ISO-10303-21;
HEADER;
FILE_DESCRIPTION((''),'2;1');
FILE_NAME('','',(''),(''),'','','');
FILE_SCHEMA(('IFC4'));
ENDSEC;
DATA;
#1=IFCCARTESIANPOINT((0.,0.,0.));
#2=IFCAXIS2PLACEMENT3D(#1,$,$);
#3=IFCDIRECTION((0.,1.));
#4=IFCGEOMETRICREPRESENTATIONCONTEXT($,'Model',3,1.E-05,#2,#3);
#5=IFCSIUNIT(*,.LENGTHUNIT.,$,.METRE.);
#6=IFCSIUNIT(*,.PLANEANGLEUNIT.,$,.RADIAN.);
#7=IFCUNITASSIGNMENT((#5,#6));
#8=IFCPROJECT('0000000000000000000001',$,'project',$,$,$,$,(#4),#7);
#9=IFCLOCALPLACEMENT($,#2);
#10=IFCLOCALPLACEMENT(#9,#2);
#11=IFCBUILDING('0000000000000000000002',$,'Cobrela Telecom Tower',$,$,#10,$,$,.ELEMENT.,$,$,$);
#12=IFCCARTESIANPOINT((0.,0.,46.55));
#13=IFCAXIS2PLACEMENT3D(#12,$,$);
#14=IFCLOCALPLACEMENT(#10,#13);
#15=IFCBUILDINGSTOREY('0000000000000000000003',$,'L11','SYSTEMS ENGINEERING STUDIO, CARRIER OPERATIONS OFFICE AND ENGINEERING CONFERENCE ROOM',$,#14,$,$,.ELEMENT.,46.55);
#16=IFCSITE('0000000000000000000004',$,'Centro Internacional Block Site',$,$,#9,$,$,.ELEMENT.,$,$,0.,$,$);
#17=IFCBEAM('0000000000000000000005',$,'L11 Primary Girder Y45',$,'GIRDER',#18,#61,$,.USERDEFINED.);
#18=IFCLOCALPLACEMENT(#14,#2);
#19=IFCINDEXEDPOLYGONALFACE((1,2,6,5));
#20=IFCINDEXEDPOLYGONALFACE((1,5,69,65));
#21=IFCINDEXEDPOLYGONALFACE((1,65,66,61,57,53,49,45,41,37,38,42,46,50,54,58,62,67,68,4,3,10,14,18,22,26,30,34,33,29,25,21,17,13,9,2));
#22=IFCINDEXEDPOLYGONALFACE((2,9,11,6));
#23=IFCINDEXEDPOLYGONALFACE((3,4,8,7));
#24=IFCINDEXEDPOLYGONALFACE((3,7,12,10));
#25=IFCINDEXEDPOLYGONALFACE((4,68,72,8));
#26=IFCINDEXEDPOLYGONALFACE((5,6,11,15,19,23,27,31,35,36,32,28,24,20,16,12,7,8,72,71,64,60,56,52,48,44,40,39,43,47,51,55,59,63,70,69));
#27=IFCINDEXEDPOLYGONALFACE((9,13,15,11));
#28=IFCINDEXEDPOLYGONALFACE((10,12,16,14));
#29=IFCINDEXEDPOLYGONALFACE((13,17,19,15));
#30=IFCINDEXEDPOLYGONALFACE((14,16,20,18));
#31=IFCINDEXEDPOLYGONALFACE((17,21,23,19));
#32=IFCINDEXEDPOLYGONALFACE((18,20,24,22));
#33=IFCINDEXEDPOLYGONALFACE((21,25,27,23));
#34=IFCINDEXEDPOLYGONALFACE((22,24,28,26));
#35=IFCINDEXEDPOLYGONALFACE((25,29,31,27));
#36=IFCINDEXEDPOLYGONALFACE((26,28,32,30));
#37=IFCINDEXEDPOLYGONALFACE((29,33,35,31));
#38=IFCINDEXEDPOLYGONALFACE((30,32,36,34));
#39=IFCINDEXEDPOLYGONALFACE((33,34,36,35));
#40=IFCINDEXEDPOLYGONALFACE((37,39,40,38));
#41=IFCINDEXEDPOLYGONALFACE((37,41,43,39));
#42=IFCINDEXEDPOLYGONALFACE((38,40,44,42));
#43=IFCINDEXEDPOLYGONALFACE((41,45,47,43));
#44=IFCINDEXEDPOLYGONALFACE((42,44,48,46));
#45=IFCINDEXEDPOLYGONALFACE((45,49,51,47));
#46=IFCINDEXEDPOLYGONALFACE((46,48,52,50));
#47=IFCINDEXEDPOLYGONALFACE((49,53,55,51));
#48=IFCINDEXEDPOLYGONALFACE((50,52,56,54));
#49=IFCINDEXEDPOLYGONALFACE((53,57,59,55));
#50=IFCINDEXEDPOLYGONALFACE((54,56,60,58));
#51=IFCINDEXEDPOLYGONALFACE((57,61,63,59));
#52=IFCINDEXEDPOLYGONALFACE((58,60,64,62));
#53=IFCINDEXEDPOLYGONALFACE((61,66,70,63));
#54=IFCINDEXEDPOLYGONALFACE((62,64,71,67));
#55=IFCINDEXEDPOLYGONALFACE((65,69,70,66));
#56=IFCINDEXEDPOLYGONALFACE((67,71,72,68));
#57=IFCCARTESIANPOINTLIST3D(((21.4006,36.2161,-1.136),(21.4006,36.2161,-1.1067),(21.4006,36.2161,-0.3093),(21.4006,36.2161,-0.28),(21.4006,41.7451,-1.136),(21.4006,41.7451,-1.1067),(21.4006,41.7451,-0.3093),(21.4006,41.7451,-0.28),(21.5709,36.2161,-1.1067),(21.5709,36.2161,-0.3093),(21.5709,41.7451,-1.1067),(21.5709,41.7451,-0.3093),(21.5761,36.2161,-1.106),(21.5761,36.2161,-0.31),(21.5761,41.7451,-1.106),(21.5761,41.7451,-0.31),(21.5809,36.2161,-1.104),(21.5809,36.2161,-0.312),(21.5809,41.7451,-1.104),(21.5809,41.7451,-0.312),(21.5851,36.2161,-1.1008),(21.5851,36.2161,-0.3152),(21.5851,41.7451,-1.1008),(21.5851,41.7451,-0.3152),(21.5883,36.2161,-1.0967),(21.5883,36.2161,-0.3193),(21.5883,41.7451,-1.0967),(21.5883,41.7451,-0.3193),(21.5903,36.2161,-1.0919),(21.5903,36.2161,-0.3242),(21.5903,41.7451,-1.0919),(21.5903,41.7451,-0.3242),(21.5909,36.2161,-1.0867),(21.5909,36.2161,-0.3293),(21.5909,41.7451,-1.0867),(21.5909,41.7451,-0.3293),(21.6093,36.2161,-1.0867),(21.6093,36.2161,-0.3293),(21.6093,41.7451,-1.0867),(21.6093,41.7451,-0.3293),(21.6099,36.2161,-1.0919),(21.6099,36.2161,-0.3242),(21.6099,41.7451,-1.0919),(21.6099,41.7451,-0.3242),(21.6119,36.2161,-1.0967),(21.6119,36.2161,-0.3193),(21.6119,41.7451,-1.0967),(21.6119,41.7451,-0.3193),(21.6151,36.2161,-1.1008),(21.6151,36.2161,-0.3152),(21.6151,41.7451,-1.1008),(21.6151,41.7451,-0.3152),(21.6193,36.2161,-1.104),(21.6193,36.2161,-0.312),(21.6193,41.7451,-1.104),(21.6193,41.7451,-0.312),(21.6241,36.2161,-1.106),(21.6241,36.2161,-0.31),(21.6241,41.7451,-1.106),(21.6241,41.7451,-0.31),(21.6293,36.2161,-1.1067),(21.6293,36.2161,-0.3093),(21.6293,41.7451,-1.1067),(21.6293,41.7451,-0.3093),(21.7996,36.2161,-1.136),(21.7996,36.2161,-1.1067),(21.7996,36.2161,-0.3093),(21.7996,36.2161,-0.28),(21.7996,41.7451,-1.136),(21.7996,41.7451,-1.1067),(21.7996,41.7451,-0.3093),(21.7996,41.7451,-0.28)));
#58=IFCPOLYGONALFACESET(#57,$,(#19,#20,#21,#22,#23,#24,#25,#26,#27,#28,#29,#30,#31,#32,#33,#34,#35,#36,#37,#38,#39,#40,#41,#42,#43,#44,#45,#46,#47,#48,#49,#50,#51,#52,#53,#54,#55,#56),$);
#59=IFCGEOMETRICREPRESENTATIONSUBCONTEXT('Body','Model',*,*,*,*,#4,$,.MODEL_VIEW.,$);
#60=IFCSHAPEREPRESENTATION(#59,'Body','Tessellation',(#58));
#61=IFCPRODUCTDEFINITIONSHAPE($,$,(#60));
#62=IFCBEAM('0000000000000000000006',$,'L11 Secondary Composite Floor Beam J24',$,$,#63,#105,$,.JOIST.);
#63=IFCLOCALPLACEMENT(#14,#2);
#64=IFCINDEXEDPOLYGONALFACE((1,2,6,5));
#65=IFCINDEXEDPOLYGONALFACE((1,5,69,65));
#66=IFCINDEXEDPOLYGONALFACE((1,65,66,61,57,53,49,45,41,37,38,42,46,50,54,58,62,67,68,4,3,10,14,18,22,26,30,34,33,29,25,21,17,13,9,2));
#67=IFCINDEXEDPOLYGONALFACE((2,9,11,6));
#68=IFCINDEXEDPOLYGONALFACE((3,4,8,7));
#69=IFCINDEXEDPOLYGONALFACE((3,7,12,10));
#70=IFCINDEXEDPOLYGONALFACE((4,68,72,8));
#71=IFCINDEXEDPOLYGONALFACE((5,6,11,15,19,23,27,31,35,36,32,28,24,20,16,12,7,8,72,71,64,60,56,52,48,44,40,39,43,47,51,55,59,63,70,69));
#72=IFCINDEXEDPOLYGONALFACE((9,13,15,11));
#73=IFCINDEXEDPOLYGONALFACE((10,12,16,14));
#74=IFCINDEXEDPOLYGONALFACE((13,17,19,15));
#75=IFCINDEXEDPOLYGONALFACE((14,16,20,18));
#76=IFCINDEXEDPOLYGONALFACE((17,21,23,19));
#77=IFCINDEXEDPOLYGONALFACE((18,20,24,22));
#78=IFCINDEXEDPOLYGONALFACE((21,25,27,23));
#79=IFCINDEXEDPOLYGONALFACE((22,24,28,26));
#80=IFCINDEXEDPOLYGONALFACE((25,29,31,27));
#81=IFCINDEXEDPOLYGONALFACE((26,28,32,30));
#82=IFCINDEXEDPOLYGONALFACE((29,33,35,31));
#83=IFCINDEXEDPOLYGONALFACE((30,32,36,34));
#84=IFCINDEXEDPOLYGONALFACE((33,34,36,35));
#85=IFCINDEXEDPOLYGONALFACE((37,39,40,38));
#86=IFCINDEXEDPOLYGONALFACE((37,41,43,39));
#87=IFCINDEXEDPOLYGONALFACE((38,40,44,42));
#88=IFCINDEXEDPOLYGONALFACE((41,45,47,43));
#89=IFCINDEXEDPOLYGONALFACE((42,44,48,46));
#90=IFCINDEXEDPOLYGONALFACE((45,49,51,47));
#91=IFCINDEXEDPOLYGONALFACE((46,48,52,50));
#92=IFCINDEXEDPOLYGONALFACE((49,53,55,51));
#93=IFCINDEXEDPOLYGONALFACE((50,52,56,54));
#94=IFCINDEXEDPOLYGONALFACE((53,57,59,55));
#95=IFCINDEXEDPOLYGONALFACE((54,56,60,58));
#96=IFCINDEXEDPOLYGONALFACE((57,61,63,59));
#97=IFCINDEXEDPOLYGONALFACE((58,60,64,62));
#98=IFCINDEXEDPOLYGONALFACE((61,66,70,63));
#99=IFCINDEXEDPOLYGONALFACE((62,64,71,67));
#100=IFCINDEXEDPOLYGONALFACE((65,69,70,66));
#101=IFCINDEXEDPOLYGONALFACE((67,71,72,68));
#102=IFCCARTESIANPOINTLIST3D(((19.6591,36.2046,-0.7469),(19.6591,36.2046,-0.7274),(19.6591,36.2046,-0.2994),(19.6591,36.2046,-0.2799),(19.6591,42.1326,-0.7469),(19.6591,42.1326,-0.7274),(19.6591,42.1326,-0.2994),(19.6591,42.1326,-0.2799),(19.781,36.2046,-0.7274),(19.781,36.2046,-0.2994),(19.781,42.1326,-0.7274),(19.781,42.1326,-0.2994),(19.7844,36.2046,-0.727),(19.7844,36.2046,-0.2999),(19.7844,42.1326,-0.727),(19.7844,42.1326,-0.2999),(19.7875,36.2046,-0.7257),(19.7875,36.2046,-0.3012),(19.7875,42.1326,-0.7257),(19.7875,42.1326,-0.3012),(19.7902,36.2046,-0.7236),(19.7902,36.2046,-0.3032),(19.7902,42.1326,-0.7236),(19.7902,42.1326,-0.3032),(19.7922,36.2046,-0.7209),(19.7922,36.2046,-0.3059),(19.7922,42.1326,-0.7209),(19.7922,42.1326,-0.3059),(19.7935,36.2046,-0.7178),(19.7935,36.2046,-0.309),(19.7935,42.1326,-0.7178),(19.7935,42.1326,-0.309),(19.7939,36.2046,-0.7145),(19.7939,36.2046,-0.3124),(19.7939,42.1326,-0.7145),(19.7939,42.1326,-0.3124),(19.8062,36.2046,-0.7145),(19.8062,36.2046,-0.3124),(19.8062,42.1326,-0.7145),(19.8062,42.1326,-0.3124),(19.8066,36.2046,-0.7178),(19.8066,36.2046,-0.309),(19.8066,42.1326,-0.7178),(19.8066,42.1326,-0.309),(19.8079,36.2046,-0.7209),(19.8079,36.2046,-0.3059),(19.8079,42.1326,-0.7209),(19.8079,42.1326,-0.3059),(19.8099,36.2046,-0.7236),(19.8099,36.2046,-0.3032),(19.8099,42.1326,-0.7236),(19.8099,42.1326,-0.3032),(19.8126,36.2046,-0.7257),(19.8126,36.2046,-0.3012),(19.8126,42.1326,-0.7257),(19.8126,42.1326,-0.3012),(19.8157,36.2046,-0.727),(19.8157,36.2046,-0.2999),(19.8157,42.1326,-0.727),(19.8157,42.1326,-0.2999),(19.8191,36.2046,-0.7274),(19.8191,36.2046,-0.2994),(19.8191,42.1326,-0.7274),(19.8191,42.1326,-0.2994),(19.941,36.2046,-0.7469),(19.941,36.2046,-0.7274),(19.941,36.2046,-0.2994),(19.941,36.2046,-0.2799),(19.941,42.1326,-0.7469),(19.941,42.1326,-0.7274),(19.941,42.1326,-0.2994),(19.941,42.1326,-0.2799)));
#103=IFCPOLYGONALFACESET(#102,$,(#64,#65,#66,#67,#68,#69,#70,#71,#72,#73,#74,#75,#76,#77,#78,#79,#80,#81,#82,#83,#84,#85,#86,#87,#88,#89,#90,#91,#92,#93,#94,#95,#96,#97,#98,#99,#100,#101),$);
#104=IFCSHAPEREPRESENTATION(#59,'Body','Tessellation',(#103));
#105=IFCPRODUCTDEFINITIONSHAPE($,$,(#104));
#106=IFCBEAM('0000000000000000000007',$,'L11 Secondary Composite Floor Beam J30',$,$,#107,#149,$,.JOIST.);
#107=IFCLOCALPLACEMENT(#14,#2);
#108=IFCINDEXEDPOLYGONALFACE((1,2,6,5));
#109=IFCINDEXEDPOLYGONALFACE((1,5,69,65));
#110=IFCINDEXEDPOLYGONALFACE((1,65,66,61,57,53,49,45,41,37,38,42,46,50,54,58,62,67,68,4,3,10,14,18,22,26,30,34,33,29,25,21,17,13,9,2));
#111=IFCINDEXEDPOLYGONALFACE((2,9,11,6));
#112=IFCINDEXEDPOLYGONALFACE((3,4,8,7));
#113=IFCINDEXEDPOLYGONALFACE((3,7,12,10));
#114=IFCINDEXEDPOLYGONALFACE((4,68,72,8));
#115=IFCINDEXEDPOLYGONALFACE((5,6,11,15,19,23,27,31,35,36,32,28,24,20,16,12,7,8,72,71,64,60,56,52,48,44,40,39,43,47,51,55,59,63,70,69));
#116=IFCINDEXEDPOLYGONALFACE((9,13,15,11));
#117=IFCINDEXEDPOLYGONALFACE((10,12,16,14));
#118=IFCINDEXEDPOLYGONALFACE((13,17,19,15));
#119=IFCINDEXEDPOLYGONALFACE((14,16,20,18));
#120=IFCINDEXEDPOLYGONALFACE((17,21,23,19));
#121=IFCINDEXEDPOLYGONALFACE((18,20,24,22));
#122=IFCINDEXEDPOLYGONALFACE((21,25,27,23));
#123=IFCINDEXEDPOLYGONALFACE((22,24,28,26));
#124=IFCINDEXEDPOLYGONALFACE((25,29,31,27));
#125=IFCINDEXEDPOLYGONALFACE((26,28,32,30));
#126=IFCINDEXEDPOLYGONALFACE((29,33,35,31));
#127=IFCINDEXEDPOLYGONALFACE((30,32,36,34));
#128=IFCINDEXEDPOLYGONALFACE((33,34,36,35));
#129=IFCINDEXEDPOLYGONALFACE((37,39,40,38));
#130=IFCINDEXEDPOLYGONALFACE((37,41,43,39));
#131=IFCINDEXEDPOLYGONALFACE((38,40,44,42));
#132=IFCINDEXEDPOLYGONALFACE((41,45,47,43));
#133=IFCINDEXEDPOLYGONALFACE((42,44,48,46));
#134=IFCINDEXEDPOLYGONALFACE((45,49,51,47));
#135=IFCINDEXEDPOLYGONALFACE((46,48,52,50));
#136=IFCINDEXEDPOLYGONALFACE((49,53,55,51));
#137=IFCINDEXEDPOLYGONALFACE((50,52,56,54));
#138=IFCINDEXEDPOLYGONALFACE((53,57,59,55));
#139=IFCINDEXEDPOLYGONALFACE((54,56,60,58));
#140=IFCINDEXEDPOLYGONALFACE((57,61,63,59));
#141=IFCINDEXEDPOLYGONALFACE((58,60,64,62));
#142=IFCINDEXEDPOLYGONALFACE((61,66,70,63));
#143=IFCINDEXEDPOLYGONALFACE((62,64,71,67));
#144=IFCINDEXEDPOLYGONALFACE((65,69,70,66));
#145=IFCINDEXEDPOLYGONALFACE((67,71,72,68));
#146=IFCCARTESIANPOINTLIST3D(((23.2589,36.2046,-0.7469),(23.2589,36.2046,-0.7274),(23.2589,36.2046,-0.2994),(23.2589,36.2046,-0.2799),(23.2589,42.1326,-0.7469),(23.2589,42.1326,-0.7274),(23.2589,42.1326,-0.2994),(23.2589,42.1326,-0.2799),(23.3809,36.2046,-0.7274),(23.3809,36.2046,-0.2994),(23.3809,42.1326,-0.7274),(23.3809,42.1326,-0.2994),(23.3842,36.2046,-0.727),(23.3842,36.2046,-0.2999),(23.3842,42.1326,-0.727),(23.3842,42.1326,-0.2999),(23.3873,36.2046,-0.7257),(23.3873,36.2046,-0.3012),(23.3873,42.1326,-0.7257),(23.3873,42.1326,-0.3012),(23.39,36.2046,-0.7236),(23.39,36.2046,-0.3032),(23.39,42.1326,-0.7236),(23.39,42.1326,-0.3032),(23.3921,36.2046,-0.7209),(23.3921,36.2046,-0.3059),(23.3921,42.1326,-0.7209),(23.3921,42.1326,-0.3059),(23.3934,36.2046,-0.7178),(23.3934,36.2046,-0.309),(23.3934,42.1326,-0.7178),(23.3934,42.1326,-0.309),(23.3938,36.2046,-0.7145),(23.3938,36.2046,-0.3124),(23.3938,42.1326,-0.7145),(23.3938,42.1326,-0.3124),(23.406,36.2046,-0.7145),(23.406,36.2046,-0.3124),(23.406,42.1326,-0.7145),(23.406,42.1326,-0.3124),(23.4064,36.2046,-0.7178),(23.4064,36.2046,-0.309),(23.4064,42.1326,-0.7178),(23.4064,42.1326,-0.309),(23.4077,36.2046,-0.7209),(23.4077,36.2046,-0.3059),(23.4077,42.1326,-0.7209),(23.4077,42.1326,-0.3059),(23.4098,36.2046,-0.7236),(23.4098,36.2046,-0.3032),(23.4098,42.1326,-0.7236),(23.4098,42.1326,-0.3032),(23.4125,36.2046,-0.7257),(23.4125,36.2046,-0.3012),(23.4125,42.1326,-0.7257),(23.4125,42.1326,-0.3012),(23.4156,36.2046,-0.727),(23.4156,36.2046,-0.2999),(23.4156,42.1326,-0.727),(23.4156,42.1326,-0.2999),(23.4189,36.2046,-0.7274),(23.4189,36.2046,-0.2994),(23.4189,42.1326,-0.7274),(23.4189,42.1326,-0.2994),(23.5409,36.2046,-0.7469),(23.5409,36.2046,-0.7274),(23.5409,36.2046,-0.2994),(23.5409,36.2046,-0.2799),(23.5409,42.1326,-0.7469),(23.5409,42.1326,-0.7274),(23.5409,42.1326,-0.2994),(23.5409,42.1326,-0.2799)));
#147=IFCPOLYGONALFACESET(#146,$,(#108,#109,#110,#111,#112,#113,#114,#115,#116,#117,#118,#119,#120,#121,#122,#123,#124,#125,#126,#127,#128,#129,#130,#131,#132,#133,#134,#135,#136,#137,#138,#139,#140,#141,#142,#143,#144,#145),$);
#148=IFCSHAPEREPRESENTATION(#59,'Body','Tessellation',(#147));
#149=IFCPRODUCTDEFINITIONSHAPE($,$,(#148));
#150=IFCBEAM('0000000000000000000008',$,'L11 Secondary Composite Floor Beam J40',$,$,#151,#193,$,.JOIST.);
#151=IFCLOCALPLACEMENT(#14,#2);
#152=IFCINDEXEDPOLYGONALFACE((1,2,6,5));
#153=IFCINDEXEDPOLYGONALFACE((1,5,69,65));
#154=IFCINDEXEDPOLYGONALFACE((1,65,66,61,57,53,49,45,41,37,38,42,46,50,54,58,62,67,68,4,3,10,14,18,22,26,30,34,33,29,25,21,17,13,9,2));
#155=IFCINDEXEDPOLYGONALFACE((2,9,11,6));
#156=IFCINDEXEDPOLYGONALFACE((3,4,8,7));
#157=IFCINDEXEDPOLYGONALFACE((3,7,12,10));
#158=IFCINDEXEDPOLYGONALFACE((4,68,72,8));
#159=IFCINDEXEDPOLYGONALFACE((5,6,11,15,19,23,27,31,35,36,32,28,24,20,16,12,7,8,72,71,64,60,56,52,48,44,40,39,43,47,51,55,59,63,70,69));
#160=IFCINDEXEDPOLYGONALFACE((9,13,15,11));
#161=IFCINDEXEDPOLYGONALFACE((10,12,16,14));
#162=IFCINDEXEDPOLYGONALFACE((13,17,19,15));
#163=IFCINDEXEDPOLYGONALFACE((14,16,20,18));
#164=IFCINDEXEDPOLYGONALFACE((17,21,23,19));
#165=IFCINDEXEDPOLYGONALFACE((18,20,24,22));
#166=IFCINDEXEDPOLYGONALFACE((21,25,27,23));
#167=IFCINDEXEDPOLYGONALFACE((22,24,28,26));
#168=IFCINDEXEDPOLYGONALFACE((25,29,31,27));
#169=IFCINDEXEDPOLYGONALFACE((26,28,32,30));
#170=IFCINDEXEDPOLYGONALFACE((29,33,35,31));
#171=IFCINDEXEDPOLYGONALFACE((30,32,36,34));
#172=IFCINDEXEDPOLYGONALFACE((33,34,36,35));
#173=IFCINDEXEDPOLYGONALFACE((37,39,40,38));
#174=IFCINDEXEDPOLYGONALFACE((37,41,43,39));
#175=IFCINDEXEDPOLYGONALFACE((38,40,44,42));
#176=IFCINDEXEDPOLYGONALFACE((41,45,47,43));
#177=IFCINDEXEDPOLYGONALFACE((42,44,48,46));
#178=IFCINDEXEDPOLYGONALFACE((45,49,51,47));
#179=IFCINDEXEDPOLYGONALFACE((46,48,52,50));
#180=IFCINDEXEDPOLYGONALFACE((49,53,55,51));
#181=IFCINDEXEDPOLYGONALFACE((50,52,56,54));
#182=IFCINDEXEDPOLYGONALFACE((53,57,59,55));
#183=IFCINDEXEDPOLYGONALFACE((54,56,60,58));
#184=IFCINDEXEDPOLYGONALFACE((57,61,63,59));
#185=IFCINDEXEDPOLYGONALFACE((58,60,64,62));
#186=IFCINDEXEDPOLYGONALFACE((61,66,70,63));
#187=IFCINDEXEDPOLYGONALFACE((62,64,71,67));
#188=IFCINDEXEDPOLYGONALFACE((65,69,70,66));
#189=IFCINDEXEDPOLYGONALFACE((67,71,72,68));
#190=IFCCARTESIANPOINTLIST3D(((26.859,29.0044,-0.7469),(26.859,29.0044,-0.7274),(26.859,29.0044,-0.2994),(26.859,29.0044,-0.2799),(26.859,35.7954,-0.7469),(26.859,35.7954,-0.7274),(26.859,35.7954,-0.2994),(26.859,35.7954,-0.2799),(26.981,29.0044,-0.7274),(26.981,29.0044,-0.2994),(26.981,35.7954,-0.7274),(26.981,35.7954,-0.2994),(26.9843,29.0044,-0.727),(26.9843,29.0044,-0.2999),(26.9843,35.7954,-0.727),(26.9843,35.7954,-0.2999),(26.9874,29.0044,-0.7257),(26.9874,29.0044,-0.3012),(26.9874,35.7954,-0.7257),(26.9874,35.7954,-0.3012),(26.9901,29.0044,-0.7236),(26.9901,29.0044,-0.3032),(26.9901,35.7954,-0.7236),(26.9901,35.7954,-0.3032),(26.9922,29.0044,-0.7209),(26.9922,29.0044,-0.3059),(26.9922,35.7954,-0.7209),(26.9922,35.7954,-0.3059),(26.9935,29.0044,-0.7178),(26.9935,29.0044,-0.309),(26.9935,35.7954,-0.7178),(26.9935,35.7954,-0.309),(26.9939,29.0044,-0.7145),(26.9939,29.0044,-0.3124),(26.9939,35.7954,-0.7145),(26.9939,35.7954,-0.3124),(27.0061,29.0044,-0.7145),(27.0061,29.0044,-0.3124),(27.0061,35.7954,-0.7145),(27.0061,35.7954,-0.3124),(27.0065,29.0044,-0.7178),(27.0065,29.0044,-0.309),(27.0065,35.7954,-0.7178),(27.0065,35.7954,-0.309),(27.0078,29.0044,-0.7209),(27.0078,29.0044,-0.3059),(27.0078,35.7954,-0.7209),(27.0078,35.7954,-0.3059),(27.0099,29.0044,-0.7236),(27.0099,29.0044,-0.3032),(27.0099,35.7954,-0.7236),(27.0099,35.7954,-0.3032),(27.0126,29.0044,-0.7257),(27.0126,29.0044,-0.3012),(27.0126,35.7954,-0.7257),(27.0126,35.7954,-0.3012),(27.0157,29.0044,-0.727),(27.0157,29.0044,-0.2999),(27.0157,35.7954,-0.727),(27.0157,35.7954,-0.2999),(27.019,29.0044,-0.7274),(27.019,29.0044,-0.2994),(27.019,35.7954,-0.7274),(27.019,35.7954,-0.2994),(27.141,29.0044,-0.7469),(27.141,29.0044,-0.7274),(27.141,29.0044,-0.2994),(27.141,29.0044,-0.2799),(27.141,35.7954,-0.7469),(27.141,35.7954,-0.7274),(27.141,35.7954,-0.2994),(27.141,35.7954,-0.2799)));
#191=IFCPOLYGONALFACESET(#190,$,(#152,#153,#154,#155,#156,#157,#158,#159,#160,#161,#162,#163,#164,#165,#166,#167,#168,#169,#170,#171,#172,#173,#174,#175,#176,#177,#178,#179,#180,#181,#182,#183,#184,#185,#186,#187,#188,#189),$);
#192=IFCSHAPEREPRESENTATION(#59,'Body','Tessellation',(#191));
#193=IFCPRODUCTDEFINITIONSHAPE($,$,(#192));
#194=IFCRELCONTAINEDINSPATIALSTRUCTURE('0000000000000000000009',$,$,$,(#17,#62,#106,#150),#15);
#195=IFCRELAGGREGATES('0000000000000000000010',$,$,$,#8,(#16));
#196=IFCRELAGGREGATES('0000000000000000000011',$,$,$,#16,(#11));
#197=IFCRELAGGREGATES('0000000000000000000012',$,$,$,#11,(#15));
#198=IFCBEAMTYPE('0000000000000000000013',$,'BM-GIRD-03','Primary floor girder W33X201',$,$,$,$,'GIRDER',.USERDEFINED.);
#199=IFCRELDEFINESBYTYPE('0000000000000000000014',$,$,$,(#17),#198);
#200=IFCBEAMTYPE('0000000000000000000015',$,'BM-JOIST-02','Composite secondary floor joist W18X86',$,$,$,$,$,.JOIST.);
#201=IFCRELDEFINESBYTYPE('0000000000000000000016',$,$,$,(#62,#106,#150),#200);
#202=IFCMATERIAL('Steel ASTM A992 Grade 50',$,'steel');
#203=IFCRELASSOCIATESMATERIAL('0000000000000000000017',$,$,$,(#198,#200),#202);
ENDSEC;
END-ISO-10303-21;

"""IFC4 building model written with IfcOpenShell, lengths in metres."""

from ifc_helpers import new_model, si_unit, direction, frame, origin, origin_2d, place, context, subcontext, project, spatial, i_section, extrude, material, material_profile, profile_set, type_object, element, save


model = new_model("IFC4")

# Units and contexts
model_context = context("Model", 3, precision=1e-05, world=origin(), true_north=direction((0.0, 1.0)))
body_context = subcontext(model_context, "Body", "Model", "MODEL_VIEW")
ifc_project = project(units=[si_unit("LENGTHUNIT", "METRE"), si_unit("PLANEANGLEUNIT", "RADIAN")], contexts=[model_context])

# Site, building, storey
site_placement = place(None, origin())
site = spatial("IfcSite", under=ifc_project, at=site_placement, Name="Centro Internacional Block Site", CompositionType="ELEMENT", RefElevation=0.0)
building_placement = place(site_placement, origin())
building = spatial("IfcBuilding", under=site, at=building_placement, Name="Cobrela Telecom Tower", CompositionType="ELEMENT")
storey_placement = place(building_placement, frame((0.0, 0.0, 46.55)))
storey = spatial("IfcBuildingStorey", under=building, at=storey_placement, Name="L11", Description="SYSTEMS ENGINEERING STUDIO, CARRIER OPERATIONS OFFICE AND ENGINEERING CONFERENCE ROOM", CompositionType="ELEMENT", Elevation=46.55)

# Shared definitions
ifc_material_1 = material(Name="Steel ASTM A992 Grade 50", Category="steel")

# Beams
ifc_material_profile_1 = material_profile(ifc_material_1, i_section(OverallWidth=0.3989, OverallDepth=0.856, WebThickness=0.0183, FlangeThickness=0.0293, FilletRadius=0.02, at=origin_2d()), Name="W33X201")
ifc_profile_set_1 = profile_set([ifc_material_profile_1], Name="Steel ASTM A992 Grade 50")
beam_type_1 = type_object("IfcBeamType", Name="BM-GIRD-03", Description="Primary floor girder W33X201", ElementType="GIRDER", PredefinedType="USERDEFINED", material=ifc_profile_set_1)
beam_1_placement = place(storey_placement, frame((21.6001, 36.2161, -0.708), z_axis=(0.0, 1.0, 0.0), x_axis=(-1.0, 0.0, 0.0)))
element("IfcBeam", 1, at=beam_1_placement, inside=storey, type_object=beam_type_1, Name="L11 Primary Girder Y45", ObjectType="GIRDER", PredefinedType="USERDEFINED", context=body_context, shape_type="SweptSolid", body=[
    extrude(i_section(OverallWidth=0.3989, OverallDepth=0.856, WebThickness=0.0183, FlangeThickness=0.0293, FilletRadius=0.02, at=origin_2d()), origin(), (0.0, 0.0, 1.0), 5.5291),
])
ifc_material_profile_2 = material_profile(ifc_material_1, i_section(OverallWidth=0.282, OverallDepth=0.467, WebThickness=0.0122, FlangeThickness=0.0195, FilletRadius=0.0129, at=origin_2d()), Name="W18X86")
ifc_profile_set_2 = profile_set([ifc_material_profile_2], Name="Steel ASTM A992 Grade 50")
beam_type_2 = type_object("IfcBeamType", Name="BM-JOIST-02", Description="Composite secondary floor joist W18X86", PredefinedType="JOIST", material=ifc_profile_set_2)
for number, where, z_axis, x_axis, name in (
    (2, (19.8, 36.2046, -0.5134), (0.0, 1.0, 0.0), (-1.0, 0.0, 0.0), "L11 Secondary Composite Floor Beam J24"),
    (3, (23.3999, 36.2046, -0.5134), (0.0, 1.0, 0.0), (-1.0, 0.0, 0.0), "L11 Secondary Composite Floor Beam J30"),
):
    element("IfcBeam", number, at=place(storey_placement, frame(where, z_axis=z_axis, x_axis=x_axis)), inside=storey, type_object=beam_type_2, Name=name, PredefinedType="JOIST", context=body_context, shape_type="SweptSolid", body=[
        extrude(i_section(OverallWidth=0.282, OverallDepth=0.467, WebThickness=0.0122, FlangeThickness=0.0195, FilletRadius=0.0129, at=origin_2d()), origin(), (0.0, 0.0, 1.0), 5.928),
    ])
beam_2_placement = place(storey_placement, frame((27.0, 29.0044, -0.5134), z_axis=(0.0, 1.0, 0.0), x_axis=(-1.0, 0.0, 0.0)))
element("IfcBeam", 4, at=beam_2_placement, inside=storey, type_object=beam_type_2, Name="L11 Secondary Composite Floor Beam J40", PredefinedType="JOIST", context=body_context, shape_type="SweptSolid", body=[
    extrude(i_section(OverallWidth=0.282, OverallDepth=0.467, WebThickness=0.0122, FlangeThickness=0.0195, FilletRadius=0.0129, at=origin_2d()), origin(), (0.0, 0.0, 1.0), 6.791),
])

save(model, "model.ifc")
